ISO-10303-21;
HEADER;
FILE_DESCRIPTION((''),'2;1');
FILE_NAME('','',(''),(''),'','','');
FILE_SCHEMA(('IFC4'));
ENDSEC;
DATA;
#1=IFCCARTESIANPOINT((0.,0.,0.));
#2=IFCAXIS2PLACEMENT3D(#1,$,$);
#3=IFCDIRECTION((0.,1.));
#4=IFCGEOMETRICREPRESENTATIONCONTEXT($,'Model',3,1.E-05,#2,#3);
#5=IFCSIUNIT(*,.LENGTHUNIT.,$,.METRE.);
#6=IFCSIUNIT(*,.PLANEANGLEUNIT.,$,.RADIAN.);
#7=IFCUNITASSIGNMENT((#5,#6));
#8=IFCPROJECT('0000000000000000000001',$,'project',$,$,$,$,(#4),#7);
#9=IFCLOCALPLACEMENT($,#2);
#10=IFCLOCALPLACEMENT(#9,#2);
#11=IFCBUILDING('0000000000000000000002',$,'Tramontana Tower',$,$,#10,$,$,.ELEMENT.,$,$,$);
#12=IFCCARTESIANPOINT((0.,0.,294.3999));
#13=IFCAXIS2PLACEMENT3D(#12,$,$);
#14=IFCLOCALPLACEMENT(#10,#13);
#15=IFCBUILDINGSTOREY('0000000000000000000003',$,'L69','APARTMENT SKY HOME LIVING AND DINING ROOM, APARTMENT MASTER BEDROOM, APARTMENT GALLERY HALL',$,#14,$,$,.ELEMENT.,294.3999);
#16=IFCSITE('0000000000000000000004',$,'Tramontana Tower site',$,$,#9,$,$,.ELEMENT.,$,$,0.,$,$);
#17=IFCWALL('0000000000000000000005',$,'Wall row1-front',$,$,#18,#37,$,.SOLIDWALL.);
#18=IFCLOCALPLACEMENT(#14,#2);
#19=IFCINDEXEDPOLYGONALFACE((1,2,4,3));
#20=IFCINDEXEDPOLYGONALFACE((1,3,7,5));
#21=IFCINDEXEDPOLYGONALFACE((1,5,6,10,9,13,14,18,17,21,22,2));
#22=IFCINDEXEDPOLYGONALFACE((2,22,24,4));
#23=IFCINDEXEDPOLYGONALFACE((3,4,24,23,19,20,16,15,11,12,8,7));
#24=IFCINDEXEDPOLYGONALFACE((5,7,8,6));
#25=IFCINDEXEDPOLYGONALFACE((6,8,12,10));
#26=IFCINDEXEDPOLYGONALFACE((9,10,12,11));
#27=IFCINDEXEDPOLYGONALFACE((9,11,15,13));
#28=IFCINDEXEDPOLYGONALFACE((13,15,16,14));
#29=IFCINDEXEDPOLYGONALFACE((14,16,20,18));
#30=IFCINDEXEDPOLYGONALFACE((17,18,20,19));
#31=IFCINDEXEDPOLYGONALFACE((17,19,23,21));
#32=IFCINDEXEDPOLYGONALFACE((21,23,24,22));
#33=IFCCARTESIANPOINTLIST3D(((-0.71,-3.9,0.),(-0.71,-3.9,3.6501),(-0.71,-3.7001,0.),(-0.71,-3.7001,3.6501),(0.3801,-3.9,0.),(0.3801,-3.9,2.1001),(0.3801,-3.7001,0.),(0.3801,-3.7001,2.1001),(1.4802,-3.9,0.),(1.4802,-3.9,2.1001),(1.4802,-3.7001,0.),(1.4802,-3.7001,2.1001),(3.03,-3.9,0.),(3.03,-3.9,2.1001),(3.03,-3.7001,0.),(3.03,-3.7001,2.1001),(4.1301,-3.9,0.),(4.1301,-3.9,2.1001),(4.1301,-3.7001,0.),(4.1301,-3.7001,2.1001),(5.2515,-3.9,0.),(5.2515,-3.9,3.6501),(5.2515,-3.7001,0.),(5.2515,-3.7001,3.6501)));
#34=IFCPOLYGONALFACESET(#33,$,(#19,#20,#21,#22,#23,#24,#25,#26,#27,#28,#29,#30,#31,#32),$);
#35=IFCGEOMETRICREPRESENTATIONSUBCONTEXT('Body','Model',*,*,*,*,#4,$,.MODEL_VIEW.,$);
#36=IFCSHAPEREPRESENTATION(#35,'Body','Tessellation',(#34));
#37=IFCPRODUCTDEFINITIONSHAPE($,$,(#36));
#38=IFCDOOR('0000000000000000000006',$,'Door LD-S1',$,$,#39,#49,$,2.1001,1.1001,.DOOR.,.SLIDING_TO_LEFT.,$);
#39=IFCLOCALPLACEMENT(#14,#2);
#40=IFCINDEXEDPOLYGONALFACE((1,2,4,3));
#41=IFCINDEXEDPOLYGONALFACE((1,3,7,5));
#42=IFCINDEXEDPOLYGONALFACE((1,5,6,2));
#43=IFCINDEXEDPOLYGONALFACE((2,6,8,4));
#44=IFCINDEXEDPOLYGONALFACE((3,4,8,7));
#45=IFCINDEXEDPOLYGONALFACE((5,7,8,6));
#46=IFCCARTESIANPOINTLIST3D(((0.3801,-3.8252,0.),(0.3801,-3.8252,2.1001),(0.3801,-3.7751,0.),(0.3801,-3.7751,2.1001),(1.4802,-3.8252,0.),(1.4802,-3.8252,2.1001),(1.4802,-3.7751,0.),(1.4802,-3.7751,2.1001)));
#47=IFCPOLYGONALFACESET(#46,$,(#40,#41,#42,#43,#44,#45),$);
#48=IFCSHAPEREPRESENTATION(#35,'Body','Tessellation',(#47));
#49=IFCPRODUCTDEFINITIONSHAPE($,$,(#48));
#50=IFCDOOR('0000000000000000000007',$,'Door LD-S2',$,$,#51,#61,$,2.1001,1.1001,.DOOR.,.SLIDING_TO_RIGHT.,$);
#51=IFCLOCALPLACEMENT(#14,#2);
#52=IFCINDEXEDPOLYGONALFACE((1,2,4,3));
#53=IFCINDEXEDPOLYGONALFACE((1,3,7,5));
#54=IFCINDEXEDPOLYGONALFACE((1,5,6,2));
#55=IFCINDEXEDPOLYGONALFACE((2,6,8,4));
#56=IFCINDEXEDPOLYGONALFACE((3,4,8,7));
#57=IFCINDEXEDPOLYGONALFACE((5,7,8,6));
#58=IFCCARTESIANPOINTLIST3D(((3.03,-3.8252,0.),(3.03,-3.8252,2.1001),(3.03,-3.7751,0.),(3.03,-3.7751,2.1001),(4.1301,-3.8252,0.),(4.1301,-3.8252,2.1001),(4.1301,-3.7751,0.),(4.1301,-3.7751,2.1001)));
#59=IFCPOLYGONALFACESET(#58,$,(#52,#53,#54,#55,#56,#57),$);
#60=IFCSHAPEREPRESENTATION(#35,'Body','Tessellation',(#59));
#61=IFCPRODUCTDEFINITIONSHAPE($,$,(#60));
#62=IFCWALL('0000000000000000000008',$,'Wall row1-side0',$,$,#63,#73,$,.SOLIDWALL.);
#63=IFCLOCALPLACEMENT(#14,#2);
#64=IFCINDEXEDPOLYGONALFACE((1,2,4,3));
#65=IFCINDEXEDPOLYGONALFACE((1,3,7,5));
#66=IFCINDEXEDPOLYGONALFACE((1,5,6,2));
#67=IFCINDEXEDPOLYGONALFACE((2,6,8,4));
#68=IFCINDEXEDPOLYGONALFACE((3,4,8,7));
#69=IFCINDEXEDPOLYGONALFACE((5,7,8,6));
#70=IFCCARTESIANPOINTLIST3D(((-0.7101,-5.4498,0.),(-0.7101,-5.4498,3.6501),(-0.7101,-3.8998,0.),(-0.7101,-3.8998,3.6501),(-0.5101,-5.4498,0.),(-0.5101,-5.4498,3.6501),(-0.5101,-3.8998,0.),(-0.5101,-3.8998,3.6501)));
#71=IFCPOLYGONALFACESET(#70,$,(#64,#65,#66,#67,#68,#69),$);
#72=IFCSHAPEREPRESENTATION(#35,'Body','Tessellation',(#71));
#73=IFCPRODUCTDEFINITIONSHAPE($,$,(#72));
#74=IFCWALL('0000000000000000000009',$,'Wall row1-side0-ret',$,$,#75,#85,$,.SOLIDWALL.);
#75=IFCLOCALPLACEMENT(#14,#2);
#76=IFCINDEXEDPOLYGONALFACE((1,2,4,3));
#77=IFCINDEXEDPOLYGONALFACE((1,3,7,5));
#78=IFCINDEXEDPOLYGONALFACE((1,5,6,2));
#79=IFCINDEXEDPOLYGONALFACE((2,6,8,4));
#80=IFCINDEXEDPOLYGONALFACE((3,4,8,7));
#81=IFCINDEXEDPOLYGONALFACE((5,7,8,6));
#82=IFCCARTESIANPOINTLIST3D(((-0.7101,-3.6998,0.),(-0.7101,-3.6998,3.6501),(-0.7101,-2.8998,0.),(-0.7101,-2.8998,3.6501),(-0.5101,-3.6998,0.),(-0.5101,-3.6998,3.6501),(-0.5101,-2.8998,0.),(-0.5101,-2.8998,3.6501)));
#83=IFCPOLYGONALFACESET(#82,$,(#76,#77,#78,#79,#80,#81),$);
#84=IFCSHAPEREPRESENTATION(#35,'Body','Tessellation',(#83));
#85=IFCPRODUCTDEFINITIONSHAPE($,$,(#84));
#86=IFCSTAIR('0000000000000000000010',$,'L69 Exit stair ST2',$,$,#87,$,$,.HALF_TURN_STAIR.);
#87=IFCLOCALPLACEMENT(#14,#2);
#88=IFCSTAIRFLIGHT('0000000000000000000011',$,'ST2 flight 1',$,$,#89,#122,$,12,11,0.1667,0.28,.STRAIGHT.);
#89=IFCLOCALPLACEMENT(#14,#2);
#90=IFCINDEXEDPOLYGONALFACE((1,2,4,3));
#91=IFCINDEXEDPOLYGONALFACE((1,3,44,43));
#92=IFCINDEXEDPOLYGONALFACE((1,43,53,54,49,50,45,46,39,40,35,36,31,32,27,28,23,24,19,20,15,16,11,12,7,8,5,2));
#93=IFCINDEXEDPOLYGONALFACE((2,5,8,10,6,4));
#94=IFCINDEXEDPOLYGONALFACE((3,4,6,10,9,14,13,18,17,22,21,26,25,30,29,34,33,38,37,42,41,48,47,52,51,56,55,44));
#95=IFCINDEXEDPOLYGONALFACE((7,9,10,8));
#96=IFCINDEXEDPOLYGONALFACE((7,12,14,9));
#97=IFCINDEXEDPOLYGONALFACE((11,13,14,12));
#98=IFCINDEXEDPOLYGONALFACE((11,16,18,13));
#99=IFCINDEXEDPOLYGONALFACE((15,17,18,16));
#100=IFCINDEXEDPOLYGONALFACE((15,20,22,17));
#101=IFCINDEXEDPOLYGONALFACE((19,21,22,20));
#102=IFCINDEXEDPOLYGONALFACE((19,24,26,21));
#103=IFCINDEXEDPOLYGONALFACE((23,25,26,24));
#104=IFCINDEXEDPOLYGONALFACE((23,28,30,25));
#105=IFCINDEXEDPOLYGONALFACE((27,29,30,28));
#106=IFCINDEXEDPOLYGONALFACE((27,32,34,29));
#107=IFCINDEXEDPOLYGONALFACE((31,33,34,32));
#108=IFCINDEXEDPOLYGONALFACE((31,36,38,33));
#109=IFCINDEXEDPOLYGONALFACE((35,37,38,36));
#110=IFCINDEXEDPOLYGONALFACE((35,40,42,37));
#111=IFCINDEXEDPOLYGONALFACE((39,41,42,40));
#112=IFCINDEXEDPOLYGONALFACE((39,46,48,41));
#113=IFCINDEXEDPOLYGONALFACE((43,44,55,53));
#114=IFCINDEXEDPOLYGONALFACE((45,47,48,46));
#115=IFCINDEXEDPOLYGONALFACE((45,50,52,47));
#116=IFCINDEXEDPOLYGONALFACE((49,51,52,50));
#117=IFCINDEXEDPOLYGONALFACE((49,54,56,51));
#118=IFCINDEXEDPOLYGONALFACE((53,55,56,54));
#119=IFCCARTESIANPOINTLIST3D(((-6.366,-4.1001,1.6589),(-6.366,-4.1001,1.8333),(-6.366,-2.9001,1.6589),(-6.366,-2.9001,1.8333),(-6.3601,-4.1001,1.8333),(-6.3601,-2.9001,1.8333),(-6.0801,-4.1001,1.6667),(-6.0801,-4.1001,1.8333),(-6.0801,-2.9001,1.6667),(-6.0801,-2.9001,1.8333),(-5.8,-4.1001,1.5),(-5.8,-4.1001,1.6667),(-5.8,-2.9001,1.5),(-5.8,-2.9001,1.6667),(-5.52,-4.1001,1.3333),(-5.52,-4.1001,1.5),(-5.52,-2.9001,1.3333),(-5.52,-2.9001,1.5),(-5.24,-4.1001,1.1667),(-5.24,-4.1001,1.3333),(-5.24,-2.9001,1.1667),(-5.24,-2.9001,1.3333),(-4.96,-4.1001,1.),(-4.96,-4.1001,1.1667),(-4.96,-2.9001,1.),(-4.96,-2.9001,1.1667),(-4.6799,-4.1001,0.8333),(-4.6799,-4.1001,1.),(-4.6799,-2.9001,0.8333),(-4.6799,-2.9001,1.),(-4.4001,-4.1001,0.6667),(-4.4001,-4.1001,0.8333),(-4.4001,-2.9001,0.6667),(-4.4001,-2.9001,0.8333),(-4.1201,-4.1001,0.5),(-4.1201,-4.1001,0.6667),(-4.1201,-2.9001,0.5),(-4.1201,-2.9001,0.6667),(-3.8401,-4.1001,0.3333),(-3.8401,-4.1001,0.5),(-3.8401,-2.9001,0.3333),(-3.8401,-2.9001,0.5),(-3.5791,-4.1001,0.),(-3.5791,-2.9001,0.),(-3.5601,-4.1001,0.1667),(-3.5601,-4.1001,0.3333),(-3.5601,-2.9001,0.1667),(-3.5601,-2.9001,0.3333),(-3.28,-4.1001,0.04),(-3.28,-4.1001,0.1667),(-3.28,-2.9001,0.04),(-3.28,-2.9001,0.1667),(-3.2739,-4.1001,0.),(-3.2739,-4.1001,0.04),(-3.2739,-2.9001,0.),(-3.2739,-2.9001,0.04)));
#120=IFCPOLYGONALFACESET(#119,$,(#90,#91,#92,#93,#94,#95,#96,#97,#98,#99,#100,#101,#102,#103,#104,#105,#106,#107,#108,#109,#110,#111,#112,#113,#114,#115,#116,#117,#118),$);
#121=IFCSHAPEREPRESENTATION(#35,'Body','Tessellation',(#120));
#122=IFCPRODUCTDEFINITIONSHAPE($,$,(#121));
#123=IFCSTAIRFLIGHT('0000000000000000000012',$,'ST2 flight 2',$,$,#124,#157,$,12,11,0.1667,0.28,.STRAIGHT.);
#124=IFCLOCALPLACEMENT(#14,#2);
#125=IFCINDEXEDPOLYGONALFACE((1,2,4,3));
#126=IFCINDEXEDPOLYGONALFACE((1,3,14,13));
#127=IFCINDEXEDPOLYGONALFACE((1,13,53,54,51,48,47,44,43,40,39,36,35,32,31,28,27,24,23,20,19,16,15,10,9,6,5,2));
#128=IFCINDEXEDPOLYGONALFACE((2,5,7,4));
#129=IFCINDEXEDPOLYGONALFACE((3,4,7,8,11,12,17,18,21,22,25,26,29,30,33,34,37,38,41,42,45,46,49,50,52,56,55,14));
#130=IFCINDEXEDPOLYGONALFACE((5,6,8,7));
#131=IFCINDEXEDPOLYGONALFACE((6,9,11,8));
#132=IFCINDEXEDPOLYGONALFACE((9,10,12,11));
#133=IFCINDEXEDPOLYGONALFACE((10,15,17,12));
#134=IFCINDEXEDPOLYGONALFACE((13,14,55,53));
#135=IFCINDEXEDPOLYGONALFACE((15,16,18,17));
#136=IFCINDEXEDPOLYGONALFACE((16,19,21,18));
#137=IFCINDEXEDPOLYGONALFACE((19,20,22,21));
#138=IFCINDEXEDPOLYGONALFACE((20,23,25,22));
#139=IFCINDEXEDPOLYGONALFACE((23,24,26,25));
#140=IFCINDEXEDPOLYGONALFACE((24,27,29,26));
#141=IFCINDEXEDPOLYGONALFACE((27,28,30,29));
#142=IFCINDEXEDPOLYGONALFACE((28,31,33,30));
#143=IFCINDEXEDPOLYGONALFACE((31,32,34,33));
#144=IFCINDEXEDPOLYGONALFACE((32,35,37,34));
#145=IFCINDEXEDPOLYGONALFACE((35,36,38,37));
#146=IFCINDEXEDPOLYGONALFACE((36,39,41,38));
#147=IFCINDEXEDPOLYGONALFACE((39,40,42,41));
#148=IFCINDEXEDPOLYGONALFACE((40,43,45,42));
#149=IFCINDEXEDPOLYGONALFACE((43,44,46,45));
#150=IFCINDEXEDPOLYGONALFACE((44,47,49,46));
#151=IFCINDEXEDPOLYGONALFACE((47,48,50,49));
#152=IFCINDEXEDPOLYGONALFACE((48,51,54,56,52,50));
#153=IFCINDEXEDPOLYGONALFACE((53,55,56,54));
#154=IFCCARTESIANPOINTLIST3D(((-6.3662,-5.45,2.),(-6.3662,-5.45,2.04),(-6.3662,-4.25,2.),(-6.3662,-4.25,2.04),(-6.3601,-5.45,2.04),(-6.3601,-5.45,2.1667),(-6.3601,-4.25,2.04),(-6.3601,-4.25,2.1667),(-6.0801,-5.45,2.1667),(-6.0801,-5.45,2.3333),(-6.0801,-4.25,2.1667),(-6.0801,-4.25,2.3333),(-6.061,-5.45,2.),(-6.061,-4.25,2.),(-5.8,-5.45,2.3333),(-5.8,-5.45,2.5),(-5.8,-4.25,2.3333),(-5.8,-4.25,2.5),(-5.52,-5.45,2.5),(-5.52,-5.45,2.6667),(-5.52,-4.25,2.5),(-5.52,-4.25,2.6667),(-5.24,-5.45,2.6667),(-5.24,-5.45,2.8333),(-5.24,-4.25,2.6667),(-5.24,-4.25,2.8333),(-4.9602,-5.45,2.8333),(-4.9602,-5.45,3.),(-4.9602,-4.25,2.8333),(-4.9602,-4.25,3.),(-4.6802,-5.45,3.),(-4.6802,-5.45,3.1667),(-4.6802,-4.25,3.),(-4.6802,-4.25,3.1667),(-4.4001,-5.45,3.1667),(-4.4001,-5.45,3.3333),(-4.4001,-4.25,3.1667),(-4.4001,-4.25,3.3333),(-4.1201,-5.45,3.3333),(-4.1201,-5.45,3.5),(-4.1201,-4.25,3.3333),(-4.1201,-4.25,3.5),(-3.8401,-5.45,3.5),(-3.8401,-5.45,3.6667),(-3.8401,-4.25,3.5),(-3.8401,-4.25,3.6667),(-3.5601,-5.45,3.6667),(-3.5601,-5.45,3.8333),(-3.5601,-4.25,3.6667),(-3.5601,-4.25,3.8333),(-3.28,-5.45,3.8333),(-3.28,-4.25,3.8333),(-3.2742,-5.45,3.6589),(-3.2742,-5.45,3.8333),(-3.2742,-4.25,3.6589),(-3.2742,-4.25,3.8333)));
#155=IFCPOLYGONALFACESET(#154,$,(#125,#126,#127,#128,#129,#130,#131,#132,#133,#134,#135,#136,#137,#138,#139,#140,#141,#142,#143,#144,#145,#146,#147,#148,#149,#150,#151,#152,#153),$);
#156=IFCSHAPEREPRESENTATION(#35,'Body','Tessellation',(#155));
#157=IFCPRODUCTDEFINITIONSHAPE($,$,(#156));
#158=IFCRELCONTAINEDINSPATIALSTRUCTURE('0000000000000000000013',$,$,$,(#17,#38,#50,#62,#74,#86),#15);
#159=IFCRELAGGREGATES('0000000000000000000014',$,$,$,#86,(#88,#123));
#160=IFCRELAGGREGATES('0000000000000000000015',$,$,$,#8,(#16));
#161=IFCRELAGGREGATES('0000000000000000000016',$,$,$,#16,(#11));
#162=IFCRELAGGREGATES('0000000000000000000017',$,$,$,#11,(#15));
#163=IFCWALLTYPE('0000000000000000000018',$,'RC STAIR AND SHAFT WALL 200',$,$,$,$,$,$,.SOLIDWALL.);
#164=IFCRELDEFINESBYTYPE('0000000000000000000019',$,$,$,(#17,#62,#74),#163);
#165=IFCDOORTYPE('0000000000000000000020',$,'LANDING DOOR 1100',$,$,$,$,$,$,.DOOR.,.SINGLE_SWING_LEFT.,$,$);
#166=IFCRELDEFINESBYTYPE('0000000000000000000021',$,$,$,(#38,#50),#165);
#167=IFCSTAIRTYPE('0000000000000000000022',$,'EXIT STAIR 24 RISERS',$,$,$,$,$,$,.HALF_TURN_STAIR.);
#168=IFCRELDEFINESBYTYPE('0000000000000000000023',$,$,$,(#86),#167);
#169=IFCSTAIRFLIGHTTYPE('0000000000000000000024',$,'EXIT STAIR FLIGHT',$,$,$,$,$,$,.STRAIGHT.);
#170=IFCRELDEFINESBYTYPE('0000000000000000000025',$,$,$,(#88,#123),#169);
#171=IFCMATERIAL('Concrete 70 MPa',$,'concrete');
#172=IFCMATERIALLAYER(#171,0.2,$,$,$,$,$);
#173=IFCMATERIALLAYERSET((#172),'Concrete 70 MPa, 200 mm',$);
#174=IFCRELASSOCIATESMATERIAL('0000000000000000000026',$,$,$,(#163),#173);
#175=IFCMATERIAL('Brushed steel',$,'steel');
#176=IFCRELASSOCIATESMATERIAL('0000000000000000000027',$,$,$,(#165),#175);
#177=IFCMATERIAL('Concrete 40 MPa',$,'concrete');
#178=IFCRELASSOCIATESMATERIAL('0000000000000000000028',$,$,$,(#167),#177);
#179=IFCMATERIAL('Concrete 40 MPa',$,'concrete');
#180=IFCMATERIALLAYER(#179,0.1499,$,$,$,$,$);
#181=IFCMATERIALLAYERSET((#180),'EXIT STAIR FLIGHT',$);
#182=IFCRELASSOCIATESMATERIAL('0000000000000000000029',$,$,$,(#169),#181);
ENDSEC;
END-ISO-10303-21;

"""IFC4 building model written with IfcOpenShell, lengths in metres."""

from ifc_helpers import new_model, si_unit, direction, frame, frame_2d, origin, place, context, subcontext, project, spatial, polyline, rectangle, outline, extrude, material, layer, layer_set, type_object, element, fill, aggregate, save


model = new_model("IFC4")

# Units and contexts
model_context = context("Model", 3, precision=1e-05, world=origin(), true_north=direction((0.0, 1.0)))
body_context = subcontext(model_context, "Body", "Model", "MODEL_VIEW")
ifc_project = project(units=[si_unit("LENGTHUNIT", "METRE"), si_unit("PLANEANGLEUNIT", "RADIAN")], contexts=[model_context])

# Site, building, storey
site_placement = place(None, origin())
site = spatial("IfcSite", under=ifc_project, at=site_placement, Name="Tramontana Tower site", CompositionType="ELEMENT", RefElevation=0.0)
building_placement = place(site_placement, origin())
building = spatial("IfcBuilding", under=site, at=building_placement, Name="Tramontana Tower", CompositionType="ELEMENT")
storey_placement = place(building_placement, frame((0.0, 0.0, 294.3999)))
storey = spatial("IfcBuildingStorey", under=building, at=storey_placement, Name="L69", Description="APARTMENT SKY HOME LIVING AND DINING ROOM, APARTMENT MASTER BEDROOM, APARTMENT GALLERY HALL", CompositionType="ELEMENT", Elevation=294.3999)

# Shared definitions
ifc_material_1 = material(Name="Concrete 70 MPa", Category="concrete")
ifc_layer_1 = layer(ifc_material_1, 0.2)
ifc_layer_set_1 = layer_set([ifc_layer_1], Name="Concrete 70 MPa, 200 mm")
wall_type_1 = type_object("IfcWallType", Name="RC STAIR AND SHAFT WALL 200", PredefinedType="SOLIDWALL", material=ifc_layer_set_1)

# Wall, openings, doors
wall_1_placement = place(storey_placement, frame((-0.71, -3.8, 0.0), z_axis=(0.0, 0.0, 1.0), x_axis=(1.0, 0.0, 0.0)))
wall_1 = element("IfcWall", 1, at=wall_1_placement, inside=storey, type_object=wall_type_1, Name="Wall row1-front", PredefinedType="SOLIDWALL", context=body_context, shape_type="SweptSolid", body=[
    extrude(rectangle(XDim=5.9614, YDim=0.2, at=frame_2d((2.9807, 0.0))), origin(), (0.0, 0.0, 1.0), 3.6501),
])
opening_1_placement = place(wall_1_placement, frame((1.0901, 0.0, 0.0)))
opening_1 = element("IfcOpeningElement", 2, at=opening_1_placement, cuts=wall_1, PredefinedType="OPENING", context=body_context, shape_type="SweptSolid", body=[
    extrude(rectangle(XDim=1.1001, YDim=2.1001, at=frame_2d((0.55, 1.05))), frame((0.0, 0.1099, 0.0), z_axis=(0.0, -1.0, 0.0), x_axis=(1.0, 0.0, 0.0)), (0.0, 0.0, 1.0), 0.22),
])
opening_2_placement = place(wall_1_placement, frame((3.74, 0.0, 0.0)))
opening_2 = element("IfcOpeningElement", 3, at=opening_2_placement, cuts=wall_1, PredefinedType="OPENING", context=body_context, shape_type="SweptSolid", body=[
    extrude(rectangle(XDim=1.1001, YDim=2.1001, at=frame_2d((0.55, 1.05))), frame((0.0, 0.1099, 0.0), z_axis=(0.0, -1.0, 0.0), x_axis=(1.0, 0.0, 0.0)), (0.0, 0.0, 1.0), 0.22),
])
ifc_material_2 = material(Name="Brushed steel", Category="steel")
door_type_1 = type_object("IfcDoorType", Name="LANDING DOOR 1100", OperationType="SINGLE_SWING_LEFT", PredefinedType="DOOR", material=ifc_material_2)
door_1_placement = place(opening_1_placement, origin())
door_1 = element("IfcDoor", 4, at=door_1_placement, inside=storey, type_object=door_type_1, Name="Door LD-S1", OperationType="SLIDING_TO_LEFT", OverallHeight=2.1001, OverallWidth=1.1001, PredefinedType="DOOR", context=body_context, shape_type="SweptSolid", body=[
    extrude(rectangle(XDim=1.1001, YDim=2.1001, at=frame_2d((0.55, 1.05))), frame((0.0, 0.0249, 0.0), z_axis=(0.0, -1.0, 0.0), x_axis=(1.0, 0.0, 0.0)), (0.0, 0.0, 1.0), 0.05),
])
fill(opening_1, door_1)
door_2_placement = place(opening_2_placement, origin())
door_2 = element("IfcDoor", 5, at=door_2_placement, inside=storey, type_object=door_type_1, Name="Door LD-S2", OperationType="SLIDING_TO_RIGHT", OverallHeight=2.1001, OverallWidth=1.1001, PredefinedType="DOOR", context=body_context, shape_type="SweptSolid", body=[
    extrude(rectangle(XDim=1.1001, YDim=2.1001, at=frame_2d((0.55, 1.05))), frame((0.0, 0.0249, 0.0), z_axis=(0.0, -1.0, 0.0), x_axis=(1.0, 0.0, 0.0)), (0.0, 0.0, 1.0), 0.05),
])
fill(opening_2, door_2)

# Walls
wall_2_placement = place(storey_placement, frame((-0.6101, -3.8999, 0.0), z_axis=(0.0, 0.0, 1.0), x_axis=(0.0, -1.0, 0.0)))
element("IfcWall", 6, at=wall_2_placement, inside=storey, type_object=wall_type_1, Name="Wall row1-side0", PredefinedType="SOLIDWALL", context=body_context, shape_type="SweptSolid", body=[
    extrude(rectangle(XDim=1.55, YDim=0.2, at=frame_2d((0.7749, 0.0))), origin(), (0.0, 0.0, 1.0), 3.6501),
])
wall_3_placement = place(storey_placement, frame((-0.6101, -2.8999, 0.0), z_axis=(0.0, 0.0, 1.0), x_axis=(0.0, -1.0, 0.0)))
element("IfcWall", 7, at=wall_3_placement, inside=storey, type_object=wall_type_1, Name="Wall row1-side0-ret", PredefinedType="SOLIDWALL", context=body_context, shape_type="SweptSolid", body=[
    extrude(rectangle(XDim=0.8, YDim=0.2, at=frame_2d((0.3999, 0.0))), origin(), (0.0, 0.0, 1.0), 3.6501),
])

# Stair, stair flights
ifc_material_3 = material(Name="Concrete 40 MPa", Category="concrete")
stair_type = type_object("IfcStairType", Name="EXIT STAIR 24 RISERS", PredefinedType="HALF_TURN_STAIR", material=ifc_material_3)
stair_placement = place(storey_placement, origin())
stair = element("IfcStair", 8, at=stair_placement, inside=storey, type_object=stair_type, Name="L69 Exit stair ST2", PredefinedType="HALF_TURN_STAIR")
ifc_material_4 = material(Name="Concrete 40 MPa", Category="concrete")
ifc_layer_2 = layer(ifc_material_4, 0.1499)
ifc_layer_set_2 = layer_set([ifc_layer_2], Name="EXIT STAIR FLIGHT")
stair_flight_type = type_object("IfcStairFlightType", Name="EXIT STAIR FLIGHT", PredefinedType="STRAIGHT", material=ifc_layer_set_2)
stair_flight_1_placement = place(storey_placement, frame((-3.28, -3.5, 0.0), z_axis=(0.0, 0.0, 1.0), x_axis=(-1.0, 0.0, 0.0)))
stair_flight_1 = element("IfcStairFlight", 9, at=stair_flight_1_placement, type_object=stair_flight_type, Name="ST2 flight 1", NumberOfRisers=12, NumberOfTreads=11, PredefinedType="STRAIGHT", RiserHeight=0.1667, TreadLength=0.28, context=body_context, shape_type="SweptSolid", body=[
    extrude(outline(polyline([(-0.0061, 0.0), (-0.0061, 0.04), (0.0, 0.04), (0.0, 0.1667), (0.28, 0.1667), (0.28, 0.3333), (0.5601, 0.3333), (0.5601, 0.5), (0.8401, 0.5), (0.8401, 0.6667), (1.1201, 0.6667), (1.1201, 0.8333), (1.3999, 0.8333), (1.3999, 1.0), (1.6799, 1.0), (1.6799, 1.1667), (1.96, 1.1667), (1.96, 1.3333), (2.24, 1.3333), (2.24, 1.5), (2.52, 1.5), (2.52, 1.6667), (2.8, 1.6667), (2.8, 1.8333), (3.0801, 1.8333), (3.0859, 1.8333), (3.0859, 1.6589), (0.2991, 0.0), (-0.0061, 0.0)])), frame((0.0, 0.6001, 0.0), z_axis=(0.0, -1.0, 0.0), x_axis=(1.0, 0.0, 0.0)), (0.0, 0.0, 1.0), 1.2),
])
stair_flight_2_placement = place(storey_placement, frame((-6.3601, -4.8501, 2.0), z_axis=(0.0, 0.0, 1.0), x_axis=(1.0, 0.0, 0.0)))
stair_flight_2 = element("IfcStairFlight", 10, at=stair_flight_2_placement, type_object=stair_flight_type, Name="ST2 flight 2", NumberOfRisers=12, NumberOfTreads=11, PredefinedType="STRAIGHT", RiserHeight=0.1667, TreadLength=0.28, context=body_context, shape_type="SweptSolid", body=[
    extrude(outline(polyline([(-0.0061, 0.0), (-0.0061, 0.04), (0.0, 0.04), (0.0, 0.1667), (0.28, 0.1667), (0.28, 0.3333), (0.5601, 0.3333), (0.5601, 0.5), (0.8401, 0.5), (0.8401, 0.6667), (1.1201, 0.6667), (1.1201, 0.8333), (1.3999, 0.8333), (1.3999, 1.0), (1.6799, 1.0), (1.6799, 1.1667), (1.96, 1.1667), (1.96, 1.3333), (2.24, 1.3333), (2.24, 1.5), (2.52, 1.5), (2.52, 1.6667), (2.8, 1.6667), (2.8, 1.8333), (3.0801, 1.8333), (3.0859, 1.8333), (3.0859, 1.6589), (0.2991, 0.0), (-0.0061, 0.0)])), frame((0.0, 0.6001, 0.0), z_axis=(0.0, -1.0, 0.0), x_axis=(1.0, 0.0, 0.0)), (0.0, 0.0, 1.0), 1.2),
])
aggregate(stair, [stair_flight_1, stair_flight_2])

save(model, "model.ifc")
